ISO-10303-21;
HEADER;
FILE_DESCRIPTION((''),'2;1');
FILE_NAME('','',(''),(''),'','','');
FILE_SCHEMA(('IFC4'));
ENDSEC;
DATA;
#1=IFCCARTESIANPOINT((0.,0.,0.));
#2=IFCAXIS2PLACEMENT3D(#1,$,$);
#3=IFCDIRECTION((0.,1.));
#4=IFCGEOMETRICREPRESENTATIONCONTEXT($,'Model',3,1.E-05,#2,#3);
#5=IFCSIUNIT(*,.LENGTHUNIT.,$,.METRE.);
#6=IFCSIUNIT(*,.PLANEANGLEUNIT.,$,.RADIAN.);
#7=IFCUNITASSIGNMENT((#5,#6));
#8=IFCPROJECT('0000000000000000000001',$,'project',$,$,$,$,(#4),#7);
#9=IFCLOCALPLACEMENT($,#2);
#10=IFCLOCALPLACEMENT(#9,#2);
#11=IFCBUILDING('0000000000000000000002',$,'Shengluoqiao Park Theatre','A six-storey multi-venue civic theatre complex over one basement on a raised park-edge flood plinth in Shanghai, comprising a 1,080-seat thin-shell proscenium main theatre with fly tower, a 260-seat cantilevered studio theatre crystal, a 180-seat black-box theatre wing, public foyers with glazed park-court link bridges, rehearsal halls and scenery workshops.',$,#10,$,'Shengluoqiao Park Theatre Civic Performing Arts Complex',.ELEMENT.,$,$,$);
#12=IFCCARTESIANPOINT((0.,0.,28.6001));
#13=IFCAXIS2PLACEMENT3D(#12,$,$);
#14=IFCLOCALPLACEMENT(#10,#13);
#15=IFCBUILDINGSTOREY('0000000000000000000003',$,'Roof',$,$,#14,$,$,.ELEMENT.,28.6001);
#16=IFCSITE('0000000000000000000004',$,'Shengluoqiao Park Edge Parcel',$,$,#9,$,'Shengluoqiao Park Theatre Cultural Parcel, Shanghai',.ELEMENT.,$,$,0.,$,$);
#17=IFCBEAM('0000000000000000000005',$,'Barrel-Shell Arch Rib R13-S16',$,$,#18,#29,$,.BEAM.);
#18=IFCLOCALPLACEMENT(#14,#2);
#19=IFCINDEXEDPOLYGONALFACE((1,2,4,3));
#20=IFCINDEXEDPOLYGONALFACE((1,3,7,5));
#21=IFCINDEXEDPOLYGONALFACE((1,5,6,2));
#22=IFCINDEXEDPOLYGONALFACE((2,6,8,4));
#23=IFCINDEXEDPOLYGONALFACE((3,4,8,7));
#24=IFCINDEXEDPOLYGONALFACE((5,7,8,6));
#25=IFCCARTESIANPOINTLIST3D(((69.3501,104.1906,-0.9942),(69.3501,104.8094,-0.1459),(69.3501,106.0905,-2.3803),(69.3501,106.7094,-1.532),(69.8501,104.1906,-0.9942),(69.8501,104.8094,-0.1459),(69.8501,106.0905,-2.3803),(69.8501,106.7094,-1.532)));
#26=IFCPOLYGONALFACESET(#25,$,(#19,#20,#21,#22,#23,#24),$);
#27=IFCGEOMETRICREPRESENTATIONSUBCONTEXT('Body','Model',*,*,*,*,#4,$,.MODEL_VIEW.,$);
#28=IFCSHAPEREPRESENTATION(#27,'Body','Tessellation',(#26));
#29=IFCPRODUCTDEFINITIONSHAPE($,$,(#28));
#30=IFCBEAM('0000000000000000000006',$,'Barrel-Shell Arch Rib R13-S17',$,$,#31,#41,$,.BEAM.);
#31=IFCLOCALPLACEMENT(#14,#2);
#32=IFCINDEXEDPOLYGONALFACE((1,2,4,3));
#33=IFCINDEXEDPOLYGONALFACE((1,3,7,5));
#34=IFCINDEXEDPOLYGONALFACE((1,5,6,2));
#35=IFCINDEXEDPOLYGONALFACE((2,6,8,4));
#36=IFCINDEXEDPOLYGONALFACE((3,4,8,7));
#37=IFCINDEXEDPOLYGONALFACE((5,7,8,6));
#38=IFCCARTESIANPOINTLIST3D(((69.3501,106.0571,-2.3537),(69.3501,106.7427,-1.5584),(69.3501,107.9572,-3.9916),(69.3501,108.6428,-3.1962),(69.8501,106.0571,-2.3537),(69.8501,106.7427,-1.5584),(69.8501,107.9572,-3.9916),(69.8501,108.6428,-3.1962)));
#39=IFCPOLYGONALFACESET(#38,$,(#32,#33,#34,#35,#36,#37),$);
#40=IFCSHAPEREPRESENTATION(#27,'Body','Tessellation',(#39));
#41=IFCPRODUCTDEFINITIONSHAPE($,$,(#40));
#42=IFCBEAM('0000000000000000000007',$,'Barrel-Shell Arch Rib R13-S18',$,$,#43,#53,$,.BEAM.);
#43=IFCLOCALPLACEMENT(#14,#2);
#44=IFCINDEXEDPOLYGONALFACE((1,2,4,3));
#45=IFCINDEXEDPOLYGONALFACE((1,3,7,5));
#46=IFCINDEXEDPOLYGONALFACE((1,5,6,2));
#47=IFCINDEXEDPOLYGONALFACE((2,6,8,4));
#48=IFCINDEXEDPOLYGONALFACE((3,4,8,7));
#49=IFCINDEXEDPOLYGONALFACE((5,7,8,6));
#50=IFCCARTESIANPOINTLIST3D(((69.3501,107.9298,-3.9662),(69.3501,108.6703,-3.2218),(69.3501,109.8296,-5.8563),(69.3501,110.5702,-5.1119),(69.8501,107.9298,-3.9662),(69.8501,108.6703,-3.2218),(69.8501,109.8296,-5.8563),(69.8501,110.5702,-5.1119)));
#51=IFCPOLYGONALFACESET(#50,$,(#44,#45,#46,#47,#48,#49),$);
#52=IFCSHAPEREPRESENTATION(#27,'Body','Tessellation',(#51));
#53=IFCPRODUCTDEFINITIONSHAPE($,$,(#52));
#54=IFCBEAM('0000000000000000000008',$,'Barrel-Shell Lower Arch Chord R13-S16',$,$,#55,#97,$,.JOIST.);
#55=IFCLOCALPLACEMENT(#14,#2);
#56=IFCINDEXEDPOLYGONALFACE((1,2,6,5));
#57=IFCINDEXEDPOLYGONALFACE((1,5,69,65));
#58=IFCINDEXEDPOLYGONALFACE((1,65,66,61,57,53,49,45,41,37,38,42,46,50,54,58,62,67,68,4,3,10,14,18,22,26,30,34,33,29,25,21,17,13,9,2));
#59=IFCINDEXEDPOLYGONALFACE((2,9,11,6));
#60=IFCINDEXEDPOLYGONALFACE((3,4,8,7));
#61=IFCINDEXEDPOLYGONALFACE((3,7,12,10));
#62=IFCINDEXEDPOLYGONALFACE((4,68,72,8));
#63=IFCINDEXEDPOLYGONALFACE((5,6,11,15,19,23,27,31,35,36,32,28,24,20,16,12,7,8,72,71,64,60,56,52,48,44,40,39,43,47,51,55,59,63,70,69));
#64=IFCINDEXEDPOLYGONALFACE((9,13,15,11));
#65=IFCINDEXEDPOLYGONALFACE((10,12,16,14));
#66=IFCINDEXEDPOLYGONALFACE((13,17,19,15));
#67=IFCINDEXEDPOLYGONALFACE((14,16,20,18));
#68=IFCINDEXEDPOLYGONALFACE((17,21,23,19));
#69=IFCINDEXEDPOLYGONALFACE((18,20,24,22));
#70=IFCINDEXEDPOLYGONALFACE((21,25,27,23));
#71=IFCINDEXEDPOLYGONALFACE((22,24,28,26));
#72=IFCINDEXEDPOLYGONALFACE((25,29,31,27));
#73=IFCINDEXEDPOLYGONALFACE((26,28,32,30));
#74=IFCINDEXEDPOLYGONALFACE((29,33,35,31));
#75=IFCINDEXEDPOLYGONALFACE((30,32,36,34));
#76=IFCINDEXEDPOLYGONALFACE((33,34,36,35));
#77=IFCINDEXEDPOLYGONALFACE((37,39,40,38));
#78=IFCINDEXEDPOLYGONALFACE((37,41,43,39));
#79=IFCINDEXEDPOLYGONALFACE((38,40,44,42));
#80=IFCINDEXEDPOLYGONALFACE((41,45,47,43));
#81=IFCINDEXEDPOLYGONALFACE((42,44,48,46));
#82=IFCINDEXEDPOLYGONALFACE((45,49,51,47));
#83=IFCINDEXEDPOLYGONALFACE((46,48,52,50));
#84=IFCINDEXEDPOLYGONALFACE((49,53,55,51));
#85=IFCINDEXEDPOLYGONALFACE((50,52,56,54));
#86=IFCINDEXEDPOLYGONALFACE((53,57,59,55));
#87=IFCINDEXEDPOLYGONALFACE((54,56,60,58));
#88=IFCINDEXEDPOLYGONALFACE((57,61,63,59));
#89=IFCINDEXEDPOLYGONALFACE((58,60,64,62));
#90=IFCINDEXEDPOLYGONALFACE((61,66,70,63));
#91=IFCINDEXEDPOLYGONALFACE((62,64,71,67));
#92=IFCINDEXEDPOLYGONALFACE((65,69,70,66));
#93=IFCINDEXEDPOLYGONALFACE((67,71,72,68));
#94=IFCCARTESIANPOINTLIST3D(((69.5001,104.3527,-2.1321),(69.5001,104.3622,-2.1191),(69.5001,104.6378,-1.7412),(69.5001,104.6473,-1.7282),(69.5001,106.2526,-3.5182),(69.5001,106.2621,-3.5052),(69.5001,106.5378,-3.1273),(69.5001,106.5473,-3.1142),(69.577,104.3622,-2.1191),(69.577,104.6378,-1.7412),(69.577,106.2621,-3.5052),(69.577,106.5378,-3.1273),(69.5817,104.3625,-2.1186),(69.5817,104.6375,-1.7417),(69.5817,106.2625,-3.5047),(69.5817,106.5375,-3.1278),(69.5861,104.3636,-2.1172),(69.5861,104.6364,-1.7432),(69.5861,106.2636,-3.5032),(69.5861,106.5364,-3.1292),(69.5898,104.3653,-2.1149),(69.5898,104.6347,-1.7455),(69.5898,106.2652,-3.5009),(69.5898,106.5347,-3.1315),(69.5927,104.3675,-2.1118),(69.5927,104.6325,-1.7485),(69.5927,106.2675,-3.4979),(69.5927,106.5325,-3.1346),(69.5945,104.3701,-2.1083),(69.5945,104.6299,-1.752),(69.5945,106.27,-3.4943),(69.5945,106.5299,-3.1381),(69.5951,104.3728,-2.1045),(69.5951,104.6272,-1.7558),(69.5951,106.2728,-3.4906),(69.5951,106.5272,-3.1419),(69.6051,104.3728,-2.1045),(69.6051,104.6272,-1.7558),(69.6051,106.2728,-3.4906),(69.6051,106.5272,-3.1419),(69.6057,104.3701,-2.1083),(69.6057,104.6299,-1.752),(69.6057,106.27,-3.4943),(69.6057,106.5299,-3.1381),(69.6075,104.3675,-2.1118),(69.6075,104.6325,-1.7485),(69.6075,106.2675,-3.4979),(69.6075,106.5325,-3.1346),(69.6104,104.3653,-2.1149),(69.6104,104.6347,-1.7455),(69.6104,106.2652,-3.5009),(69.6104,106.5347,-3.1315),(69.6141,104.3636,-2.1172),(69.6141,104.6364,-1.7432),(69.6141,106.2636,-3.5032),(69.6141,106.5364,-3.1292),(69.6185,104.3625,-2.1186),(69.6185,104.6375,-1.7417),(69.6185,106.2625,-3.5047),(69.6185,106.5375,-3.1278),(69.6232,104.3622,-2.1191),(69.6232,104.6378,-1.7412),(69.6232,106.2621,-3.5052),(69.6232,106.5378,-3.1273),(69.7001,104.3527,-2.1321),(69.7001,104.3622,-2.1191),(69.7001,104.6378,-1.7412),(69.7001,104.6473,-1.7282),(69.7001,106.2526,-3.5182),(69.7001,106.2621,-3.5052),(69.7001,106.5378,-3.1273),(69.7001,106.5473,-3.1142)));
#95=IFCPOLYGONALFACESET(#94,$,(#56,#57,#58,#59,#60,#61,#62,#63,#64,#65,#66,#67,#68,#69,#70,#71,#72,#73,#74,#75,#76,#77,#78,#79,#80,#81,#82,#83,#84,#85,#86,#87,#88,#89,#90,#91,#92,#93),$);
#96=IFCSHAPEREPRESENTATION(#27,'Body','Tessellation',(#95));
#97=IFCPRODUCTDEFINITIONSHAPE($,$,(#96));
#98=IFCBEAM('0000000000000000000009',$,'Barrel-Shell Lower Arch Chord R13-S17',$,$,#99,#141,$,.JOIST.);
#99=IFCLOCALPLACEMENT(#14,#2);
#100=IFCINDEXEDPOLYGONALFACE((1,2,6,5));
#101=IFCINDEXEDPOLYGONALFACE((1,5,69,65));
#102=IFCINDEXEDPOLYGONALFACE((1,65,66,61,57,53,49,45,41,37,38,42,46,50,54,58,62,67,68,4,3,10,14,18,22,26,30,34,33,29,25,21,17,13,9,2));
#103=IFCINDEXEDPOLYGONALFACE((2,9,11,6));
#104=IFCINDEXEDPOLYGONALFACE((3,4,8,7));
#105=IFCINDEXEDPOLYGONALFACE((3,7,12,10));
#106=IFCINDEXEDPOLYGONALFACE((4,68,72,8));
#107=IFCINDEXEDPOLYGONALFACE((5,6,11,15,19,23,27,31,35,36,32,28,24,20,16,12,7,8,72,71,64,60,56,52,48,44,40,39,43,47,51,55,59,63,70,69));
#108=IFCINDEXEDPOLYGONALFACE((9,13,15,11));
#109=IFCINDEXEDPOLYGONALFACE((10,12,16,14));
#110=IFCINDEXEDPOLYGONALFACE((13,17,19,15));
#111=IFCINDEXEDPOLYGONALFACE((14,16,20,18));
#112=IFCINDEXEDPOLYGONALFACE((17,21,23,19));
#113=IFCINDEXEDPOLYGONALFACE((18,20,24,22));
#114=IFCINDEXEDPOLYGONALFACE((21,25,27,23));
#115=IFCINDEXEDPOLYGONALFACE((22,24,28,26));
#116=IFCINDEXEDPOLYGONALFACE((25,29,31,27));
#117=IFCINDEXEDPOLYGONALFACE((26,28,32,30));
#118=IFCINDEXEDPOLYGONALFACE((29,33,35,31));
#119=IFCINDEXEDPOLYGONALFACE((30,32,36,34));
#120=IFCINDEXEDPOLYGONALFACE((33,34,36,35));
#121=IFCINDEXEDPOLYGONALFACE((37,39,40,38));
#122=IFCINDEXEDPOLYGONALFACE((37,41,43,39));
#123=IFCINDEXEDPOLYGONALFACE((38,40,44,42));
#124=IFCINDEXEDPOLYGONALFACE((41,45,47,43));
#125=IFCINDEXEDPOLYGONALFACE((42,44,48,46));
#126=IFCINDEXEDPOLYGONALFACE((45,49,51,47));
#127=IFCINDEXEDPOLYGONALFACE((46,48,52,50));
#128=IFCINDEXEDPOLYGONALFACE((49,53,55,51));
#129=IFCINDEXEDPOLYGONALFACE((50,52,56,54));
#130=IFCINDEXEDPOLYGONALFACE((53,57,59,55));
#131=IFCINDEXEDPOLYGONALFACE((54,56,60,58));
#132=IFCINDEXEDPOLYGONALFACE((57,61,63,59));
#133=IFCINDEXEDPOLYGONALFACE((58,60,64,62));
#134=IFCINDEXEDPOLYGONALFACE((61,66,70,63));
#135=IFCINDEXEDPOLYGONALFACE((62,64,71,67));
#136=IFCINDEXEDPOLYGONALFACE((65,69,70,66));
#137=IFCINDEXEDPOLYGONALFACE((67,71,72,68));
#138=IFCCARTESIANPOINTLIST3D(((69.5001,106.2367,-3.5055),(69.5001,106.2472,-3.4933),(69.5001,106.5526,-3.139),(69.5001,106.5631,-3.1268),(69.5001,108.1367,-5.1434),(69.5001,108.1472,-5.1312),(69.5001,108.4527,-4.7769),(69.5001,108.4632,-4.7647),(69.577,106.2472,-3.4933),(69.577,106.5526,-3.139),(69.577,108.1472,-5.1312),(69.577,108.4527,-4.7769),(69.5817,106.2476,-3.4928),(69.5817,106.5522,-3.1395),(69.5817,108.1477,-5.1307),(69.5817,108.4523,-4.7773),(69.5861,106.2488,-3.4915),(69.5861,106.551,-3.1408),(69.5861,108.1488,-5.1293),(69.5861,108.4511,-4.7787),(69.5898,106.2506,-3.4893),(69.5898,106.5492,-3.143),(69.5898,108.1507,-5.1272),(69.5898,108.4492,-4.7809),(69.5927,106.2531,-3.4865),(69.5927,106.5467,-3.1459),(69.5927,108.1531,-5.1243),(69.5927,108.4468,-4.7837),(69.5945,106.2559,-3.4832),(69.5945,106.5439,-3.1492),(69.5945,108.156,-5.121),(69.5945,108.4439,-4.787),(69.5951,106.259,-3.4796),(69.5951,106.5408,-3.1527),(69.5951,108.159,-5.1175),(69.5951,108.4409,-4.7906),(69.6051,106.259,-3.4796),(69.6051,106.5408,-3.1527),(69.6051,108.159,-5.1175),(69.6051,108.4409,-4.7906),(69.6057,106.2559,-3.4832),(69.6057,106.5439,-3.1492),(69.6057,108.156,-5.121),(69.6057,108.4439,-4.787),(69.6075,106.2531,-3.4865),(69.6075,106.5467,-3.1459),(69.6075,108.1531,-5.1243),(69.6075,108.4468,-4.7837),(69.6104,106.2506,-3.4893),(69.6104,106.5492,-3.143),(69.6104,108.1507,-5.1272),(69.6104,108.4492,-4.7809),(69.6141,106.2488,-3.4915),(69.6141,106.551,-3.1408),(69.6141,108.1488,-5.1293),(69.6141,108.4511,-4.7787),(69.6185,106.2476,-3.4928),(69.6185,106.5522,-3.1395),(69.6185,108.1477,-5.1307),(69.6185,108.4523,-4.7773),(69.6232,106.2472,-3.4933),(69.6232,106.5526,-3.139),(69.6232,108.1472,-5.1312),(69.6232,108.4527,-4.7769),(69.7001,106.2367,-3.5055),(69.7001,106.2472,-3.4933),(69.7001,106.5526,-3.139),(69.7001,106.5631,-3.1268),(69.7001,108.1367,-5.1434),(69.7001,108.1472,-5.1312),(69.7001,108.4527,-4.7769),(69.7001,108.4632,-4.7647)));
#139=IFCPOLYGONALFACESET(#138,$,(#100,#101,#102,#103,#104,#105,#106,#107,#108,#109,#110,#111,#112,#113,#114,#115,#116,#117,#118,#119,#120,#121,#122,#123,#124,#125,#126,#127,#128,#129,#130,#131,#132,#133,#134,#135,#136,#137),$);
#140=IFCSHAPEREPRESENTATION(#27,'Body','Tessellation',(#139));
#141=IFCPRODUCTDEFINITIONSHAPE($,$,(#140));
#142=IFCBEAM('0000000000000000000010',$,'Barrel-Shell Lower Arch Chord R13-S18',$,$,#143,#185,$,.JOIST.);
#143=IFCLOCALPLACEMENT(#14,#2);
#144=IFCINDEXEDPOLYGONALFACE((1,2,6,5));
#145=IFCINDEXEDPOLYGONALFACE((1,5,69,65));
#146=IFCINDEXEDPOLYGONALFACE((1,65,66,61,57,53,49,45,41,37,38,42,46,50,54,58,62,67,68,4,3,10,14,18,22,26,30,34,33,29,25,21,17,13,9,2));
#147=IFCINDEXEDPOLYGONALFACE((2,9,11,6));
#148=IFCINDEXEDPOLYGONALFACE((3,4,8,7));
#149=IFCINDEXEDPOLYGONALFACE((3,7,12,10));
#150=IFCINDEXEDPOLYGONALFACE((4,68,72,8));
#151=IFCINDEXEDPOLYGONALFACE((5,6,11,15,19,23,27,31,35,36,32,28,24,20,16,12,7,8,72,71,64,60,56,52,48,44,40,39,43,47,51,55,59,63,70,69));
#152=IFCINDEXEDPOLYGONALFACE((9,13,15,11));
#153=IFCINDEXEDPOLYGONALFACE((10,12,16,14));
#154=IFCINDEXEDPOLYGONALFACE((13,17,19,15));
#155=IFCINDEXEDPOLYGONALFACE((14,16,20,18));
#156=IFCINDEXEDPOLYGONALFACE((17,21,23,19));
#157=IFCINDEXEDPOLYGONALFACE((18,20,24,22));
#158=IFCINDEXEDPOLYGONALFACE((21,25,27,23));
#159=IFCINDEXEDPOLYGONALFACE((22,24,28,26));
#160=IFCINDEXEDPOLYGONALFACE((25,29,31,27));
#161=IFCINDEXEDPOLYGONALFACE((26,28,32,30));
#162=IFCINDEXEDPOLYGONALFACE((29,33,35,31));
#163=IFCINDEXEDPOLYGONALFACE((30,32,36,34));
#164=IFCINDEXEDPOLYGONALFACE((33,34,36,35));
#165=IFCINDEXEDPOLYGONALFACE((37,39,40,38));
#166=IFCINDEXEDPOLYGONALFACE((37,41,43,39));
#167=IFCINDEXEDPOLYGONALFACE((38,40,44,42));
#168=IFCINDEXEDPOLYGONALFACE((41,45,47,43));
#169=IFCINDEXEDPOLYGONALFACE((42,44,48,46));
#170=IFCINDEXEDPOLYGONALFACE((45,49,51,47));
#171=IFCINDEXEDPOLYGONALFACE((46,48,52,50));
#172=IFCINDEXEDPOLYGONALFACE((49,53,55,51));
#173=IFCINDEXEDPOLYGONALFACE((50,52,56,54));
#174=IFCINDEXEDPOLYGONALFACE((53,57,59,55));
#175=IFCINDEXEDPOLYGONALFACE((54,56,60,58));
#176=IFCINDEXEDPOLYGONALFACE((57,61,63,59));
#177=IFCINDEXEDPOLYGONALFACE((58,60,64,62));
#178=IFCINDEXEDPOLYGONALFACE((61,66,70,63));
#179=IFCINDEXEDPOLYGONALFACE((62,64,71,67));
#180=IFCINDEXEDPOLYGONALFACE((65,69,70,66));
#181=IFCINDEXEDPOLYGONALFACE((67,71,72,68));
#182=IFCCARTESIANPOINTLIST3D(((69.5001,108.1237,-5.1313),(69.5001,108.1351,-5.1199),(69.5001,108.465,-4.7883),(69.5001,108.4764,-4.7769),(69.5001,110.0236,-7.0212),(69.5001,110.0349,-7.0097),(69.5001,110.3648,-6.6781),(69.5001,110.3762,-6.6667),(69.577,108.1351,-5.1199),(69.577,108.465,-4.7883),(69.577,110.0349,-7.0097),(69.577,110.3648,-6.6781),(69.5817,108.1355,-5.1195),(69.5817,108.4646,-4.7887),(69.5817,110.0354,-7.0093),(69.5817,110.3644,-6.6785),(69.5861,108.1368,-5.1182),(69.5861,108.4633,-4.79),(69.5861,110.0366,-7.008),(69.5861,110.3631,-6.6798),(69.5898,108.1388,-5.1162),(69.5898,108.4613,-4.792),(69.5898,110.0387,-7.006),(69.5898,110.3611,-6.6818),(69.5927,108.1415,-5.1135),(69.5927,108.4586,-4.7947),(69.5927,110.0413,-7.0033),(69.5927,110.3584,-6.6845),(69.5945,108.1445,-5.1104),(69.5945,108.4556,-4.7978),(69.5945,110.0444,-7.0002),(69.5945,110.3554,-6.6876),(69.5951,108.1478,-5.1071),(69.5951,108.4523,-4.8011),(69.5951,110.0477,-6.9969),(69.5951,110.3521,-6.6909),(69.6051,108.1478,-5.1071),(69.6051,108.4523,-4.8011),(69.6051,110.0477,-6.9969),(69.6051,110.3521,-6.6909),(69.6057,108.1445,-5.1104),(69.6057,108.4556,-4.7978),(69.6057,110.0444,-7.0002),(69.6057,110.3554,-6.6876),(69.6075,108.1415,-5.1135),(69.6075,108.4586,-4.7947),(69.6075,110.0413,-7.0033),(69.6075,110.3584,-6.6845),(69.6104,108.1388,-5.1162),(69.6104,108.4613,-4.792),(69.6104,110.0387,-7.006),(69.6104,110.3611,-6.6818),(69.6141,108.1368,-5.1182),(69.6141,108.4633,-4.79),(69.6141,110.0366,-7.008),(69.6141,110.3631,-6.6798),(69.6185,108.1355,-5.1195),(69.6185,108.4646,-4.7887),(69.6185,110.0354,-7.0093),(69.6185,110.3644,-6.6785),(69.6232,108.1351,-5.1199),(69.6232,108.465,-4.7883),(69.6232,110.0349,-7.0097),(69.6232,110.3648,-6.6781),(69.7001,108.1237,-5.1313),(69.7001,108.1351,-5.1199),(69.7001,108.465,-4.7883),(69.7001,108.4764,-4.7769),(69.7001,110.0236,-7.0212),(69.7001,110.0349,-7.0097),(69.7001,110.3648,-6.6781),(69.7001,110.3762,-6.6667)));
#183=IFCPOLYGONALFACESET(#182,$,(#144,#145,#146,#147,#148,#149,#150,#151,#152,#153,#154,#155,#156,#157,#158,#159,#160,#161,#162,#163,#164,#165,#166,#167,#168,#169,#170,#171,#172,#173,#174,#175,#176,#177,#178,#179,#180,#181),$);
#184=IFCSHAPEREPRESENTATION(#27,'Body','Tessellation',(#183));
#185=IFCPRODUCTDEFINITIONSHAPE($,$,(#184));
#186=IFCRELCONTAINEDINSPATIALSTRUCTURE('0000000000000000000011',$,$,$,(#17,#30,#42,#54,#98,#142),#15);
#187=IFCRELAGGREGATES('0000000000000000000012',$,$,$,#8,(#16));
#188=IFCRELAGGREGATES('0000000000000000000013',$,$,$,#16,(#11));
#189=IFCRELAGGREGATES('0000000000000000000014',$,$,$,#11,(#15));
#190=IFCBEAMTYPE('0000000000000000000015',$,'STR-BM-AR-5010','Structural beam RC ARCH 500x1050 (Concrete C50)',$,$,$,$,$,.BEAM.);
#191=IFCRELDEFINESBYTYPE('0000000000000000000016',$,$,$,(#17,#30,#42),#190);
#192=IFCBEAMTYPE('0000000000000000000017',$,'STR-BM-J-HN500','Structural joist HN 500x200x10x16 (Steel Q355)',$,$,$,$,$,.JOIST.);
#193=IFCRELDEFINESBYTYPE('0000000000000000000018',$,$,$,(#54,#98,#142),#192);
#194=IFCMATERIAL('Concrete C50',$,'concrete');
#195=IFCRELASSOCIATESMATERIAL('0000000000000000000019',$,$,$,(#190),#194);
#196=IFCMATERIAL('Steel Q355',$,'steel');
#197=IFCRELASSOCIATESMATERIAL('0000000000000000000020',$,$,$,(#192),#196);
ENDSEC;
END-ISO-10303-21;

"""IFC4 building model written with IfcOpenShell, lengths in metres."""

from ifc_helpers import new_model, si_unit, direction, frame, origin, origin_2d, place, context, subcontext, project, spatial, rectangle, i_section, extrude, material, material_profile, profile_set, type_object, element, save


model = new_model("IFC4")

# Units and contexts
model_context = context("Model", 3, precision=1e-05, world=origin(), true_north=direction((0.0, 1.0)))
body_context = subcontext(model_context, "Body", "Model", "MODEL_VIEW")
ifc_project = project(units=[si_unit("LENGTHUNIT", "METRE"), si_unit("PLANEANGLEUNIT", "RADIAN")], contexts=[model_context])

# Site, building, storey
site_placement = place(None, origin())
site = spatial("IfcSite", under=ifc_project, at=site_placement, Name="Shengluoqiao Park Edge Parcel", LongName="Shengluoqiao Park Theatre Cultural Parcel, Shanghai", CompositionType="ELEMENT", RefElevation=0.0)
building_placement = place(site_placement, origin())
building = spatial("IfcBuilding", under=site, at=building_placement, Name="Shengluoqiao Park Theatre", Description="A six-storey multi-venue civic theatre complex over one basement on a raised park-edge flood plinth in Shanghai, comprising a 1,080-seat thin-shell proscenium main theatre with fly tower, a 260-seat cantilevered studio theatre crystal, a 180-seat black-box theatre wing, public foyers with glazed park-court link bridges, rehearsal halls and scenery workshops.", LongName="Shengluoqiao Park Theatre Civic Performing Arts Complex", CompositionType="ELEMENT")
storey_placement = place(building_placement, frame((0.0, 0.0, 28.6001)))
storey = spatial("IfcBuildingStorey", under=building, at=storey_placement, Name="Roof", CompositionType="ELEMENT", Elevation=28.6001)

# Beams
ifc_material_1 = material(Name="Concrete C50", Category="concrete")
ifc_material_profile_1 = material_profile(ifc_material_1, rectangle(XDim=0.5, YDim=1.05, at=origin_2d()), Name="RC ARCH 500x1050")
ifc_profile_set_1 = profile_set([ifc_material_profile_1], Name="Concrete C50")
beam_type_1 = type_object("IfcBeamType", Name="STR-BM-AR-5010", Description="Structural beam RC ARCH 500x1050 (Concrete C50)", PredefinedType="BEAM", material=ifc_profile_set_1)
beam_1_placement = place(storey_placement, frame((69.6001, 104.5, -0.5701), z_axis=(0.0, 0.807878, -0.58935), x_axis=(-1.0, 0.0, 0.0)))
element("IfcBeam", 1, at=beam_1_placement, inside=storey, type_object=beam_type_1, Name="Barrel-Shell Arch Rib R13-S16", PredefinedType="BEAM", context=body_context, shape_type="SweptSolid", body=[
    extrude(rectangle(XDim=0.5, YDim=1.05, at=origin_2d()), origin(), (0.0, 0.0, 1.0), 2.3518),
])
beam_2_placement = place(storey_placement, frame((69.6001, 106.3999, -1.9561), z_axis=(0.0, 0.757433, -0.652913), x_axis=(-1.0, 0.0, 0.0)))
element("IfcBeam", 2, at=beam_2_placement, inside=storey, type_object=beam_type_1, Name="Barrel-Shell Arch Rib R13-S17", PredefinedType="BEAM", context=body_context, shape_type="SweptSolid", body=[
    extrude(rectangle(XDim=0.5, YDim=1.05, at=origin_2d()), origin(), (0.0, 0.0, 1.0), 2.5085),
])
beam_3_placement = place(storey_placement, frame((69.6001, 108.3, -3.594), z_axis=(0.0, 0.708926, -0.705282), x_axis=(-1.0, 0.0, 0.0)))
element("IfcBeam", 3, at=beam_3_placement, inside=storey, type_object=beam_type_1, Name="Barrel-Shell Arch Rib R13-S18", PredefinedType="BEAM", context=body_context, shape_type="SweptSolid", body=[
    extrude(rectangle(XDim=0.5, YDim=1.05, at=origin_2d()), origin(), (0.0, 0.0, 1.0), 2.6799),
])
ifc_material_2 = material(Name="Steel Q355", Category="steel")
ifc_material_profile_2 = material_profile(ifc_material_2, i_section(OverallWidth=0.2, OverallDepth=0.5, WebThickness=0.01, FlangeThickness=0.0161, FilletRadius=0.0181, at=origin_2d()), Name="HN 500x200x10x16")
ifc_profile_set_2 = profile_set([ifc_material_profile_2], Name="Steel Q355")
beam_type_2 = type_object("IfcBeamType", Name="STR-BM-J-HN500", Description="Structural joist HN 500x200x10x16 (Steel Q355)", PredefinedType="JOIST", material=ifc_profile_set_2)
beam_4_placement = place(storey_placement, frame((69.6001, 104.5, -1.9302), z_axis=(0.0, 0.807878, -0.58935), x_axis=(-1.0, 0.0, 0.0)))
element("IfcBeam", 4, at=beam_4_placement, inside=storey, type_object=beam_type_2, Name="Barrel-Shell Lower Arch Chord R13-S16", PredefinedType="JOIST", context=body_context, shape_type="SweptSolid", body=[
    extrude(i_section(OverallWidth=0.2, OverallDepth=0.5, WebThickness=0.01, FlangeThickness=0.0161, FilletRadius=0.0181, at=origin_2d()), origin(), (0.0, 0.0, 1.0), 2.3518),
])
beam_5_placement = place(storey_placement, frame((69.6001, 106.3999, -3.3162), z_axis=(0.0, 0.757433, -0.652913), x_axis=(-1.0, 0.0, 0.0)))
element("IfcBeam", 5, at=beam_5_placement, inside=storey, type_object=beam_type_2, Name="Barrel-Shell Lower Arch Chord R13-S17", PredefinedType="JOIST", context=body_context, shape_type="SweptSolid", body=[
    extrude(i_section(OverallWidth=0.2, OverallDepth=0.5, WebThickness=0.01, FlangeThickness=0.0161, FilletRadius=0.0181, at=origin_2d()), origin(), (0.0, 0.0, 1.0), 2.5085),
])
for number, where, z_axis, x_axis, name in (
    (6, (69.6001, 108.3, -4.9541), (0.0, 0.708972, -0.705237), (-1.0, 0.0, 0.0), "Barrel-Shell Lower Arch Chord R13-S18"),
):
    element("IfcBeam", number, at=place(storey_placement, frame(where, z_axis=z_axis, x_axis=x_axis)), inside=storey, type_object=beam_type_2, Name=name, PredefinedType="JOIST", context=body_context, shape_type="SweptSolid", body=[
        extrude(i_section(OverallWidth=0.2, OverallDepth=0.5, WebThickness=0.01, FlangeThickness=0.0161, FilletRadius=0.0181, at=origin_2d()), origin(), (0.0, 0.0, 1.0), 2.6797),
    ])

save(model, "model.ifc")
